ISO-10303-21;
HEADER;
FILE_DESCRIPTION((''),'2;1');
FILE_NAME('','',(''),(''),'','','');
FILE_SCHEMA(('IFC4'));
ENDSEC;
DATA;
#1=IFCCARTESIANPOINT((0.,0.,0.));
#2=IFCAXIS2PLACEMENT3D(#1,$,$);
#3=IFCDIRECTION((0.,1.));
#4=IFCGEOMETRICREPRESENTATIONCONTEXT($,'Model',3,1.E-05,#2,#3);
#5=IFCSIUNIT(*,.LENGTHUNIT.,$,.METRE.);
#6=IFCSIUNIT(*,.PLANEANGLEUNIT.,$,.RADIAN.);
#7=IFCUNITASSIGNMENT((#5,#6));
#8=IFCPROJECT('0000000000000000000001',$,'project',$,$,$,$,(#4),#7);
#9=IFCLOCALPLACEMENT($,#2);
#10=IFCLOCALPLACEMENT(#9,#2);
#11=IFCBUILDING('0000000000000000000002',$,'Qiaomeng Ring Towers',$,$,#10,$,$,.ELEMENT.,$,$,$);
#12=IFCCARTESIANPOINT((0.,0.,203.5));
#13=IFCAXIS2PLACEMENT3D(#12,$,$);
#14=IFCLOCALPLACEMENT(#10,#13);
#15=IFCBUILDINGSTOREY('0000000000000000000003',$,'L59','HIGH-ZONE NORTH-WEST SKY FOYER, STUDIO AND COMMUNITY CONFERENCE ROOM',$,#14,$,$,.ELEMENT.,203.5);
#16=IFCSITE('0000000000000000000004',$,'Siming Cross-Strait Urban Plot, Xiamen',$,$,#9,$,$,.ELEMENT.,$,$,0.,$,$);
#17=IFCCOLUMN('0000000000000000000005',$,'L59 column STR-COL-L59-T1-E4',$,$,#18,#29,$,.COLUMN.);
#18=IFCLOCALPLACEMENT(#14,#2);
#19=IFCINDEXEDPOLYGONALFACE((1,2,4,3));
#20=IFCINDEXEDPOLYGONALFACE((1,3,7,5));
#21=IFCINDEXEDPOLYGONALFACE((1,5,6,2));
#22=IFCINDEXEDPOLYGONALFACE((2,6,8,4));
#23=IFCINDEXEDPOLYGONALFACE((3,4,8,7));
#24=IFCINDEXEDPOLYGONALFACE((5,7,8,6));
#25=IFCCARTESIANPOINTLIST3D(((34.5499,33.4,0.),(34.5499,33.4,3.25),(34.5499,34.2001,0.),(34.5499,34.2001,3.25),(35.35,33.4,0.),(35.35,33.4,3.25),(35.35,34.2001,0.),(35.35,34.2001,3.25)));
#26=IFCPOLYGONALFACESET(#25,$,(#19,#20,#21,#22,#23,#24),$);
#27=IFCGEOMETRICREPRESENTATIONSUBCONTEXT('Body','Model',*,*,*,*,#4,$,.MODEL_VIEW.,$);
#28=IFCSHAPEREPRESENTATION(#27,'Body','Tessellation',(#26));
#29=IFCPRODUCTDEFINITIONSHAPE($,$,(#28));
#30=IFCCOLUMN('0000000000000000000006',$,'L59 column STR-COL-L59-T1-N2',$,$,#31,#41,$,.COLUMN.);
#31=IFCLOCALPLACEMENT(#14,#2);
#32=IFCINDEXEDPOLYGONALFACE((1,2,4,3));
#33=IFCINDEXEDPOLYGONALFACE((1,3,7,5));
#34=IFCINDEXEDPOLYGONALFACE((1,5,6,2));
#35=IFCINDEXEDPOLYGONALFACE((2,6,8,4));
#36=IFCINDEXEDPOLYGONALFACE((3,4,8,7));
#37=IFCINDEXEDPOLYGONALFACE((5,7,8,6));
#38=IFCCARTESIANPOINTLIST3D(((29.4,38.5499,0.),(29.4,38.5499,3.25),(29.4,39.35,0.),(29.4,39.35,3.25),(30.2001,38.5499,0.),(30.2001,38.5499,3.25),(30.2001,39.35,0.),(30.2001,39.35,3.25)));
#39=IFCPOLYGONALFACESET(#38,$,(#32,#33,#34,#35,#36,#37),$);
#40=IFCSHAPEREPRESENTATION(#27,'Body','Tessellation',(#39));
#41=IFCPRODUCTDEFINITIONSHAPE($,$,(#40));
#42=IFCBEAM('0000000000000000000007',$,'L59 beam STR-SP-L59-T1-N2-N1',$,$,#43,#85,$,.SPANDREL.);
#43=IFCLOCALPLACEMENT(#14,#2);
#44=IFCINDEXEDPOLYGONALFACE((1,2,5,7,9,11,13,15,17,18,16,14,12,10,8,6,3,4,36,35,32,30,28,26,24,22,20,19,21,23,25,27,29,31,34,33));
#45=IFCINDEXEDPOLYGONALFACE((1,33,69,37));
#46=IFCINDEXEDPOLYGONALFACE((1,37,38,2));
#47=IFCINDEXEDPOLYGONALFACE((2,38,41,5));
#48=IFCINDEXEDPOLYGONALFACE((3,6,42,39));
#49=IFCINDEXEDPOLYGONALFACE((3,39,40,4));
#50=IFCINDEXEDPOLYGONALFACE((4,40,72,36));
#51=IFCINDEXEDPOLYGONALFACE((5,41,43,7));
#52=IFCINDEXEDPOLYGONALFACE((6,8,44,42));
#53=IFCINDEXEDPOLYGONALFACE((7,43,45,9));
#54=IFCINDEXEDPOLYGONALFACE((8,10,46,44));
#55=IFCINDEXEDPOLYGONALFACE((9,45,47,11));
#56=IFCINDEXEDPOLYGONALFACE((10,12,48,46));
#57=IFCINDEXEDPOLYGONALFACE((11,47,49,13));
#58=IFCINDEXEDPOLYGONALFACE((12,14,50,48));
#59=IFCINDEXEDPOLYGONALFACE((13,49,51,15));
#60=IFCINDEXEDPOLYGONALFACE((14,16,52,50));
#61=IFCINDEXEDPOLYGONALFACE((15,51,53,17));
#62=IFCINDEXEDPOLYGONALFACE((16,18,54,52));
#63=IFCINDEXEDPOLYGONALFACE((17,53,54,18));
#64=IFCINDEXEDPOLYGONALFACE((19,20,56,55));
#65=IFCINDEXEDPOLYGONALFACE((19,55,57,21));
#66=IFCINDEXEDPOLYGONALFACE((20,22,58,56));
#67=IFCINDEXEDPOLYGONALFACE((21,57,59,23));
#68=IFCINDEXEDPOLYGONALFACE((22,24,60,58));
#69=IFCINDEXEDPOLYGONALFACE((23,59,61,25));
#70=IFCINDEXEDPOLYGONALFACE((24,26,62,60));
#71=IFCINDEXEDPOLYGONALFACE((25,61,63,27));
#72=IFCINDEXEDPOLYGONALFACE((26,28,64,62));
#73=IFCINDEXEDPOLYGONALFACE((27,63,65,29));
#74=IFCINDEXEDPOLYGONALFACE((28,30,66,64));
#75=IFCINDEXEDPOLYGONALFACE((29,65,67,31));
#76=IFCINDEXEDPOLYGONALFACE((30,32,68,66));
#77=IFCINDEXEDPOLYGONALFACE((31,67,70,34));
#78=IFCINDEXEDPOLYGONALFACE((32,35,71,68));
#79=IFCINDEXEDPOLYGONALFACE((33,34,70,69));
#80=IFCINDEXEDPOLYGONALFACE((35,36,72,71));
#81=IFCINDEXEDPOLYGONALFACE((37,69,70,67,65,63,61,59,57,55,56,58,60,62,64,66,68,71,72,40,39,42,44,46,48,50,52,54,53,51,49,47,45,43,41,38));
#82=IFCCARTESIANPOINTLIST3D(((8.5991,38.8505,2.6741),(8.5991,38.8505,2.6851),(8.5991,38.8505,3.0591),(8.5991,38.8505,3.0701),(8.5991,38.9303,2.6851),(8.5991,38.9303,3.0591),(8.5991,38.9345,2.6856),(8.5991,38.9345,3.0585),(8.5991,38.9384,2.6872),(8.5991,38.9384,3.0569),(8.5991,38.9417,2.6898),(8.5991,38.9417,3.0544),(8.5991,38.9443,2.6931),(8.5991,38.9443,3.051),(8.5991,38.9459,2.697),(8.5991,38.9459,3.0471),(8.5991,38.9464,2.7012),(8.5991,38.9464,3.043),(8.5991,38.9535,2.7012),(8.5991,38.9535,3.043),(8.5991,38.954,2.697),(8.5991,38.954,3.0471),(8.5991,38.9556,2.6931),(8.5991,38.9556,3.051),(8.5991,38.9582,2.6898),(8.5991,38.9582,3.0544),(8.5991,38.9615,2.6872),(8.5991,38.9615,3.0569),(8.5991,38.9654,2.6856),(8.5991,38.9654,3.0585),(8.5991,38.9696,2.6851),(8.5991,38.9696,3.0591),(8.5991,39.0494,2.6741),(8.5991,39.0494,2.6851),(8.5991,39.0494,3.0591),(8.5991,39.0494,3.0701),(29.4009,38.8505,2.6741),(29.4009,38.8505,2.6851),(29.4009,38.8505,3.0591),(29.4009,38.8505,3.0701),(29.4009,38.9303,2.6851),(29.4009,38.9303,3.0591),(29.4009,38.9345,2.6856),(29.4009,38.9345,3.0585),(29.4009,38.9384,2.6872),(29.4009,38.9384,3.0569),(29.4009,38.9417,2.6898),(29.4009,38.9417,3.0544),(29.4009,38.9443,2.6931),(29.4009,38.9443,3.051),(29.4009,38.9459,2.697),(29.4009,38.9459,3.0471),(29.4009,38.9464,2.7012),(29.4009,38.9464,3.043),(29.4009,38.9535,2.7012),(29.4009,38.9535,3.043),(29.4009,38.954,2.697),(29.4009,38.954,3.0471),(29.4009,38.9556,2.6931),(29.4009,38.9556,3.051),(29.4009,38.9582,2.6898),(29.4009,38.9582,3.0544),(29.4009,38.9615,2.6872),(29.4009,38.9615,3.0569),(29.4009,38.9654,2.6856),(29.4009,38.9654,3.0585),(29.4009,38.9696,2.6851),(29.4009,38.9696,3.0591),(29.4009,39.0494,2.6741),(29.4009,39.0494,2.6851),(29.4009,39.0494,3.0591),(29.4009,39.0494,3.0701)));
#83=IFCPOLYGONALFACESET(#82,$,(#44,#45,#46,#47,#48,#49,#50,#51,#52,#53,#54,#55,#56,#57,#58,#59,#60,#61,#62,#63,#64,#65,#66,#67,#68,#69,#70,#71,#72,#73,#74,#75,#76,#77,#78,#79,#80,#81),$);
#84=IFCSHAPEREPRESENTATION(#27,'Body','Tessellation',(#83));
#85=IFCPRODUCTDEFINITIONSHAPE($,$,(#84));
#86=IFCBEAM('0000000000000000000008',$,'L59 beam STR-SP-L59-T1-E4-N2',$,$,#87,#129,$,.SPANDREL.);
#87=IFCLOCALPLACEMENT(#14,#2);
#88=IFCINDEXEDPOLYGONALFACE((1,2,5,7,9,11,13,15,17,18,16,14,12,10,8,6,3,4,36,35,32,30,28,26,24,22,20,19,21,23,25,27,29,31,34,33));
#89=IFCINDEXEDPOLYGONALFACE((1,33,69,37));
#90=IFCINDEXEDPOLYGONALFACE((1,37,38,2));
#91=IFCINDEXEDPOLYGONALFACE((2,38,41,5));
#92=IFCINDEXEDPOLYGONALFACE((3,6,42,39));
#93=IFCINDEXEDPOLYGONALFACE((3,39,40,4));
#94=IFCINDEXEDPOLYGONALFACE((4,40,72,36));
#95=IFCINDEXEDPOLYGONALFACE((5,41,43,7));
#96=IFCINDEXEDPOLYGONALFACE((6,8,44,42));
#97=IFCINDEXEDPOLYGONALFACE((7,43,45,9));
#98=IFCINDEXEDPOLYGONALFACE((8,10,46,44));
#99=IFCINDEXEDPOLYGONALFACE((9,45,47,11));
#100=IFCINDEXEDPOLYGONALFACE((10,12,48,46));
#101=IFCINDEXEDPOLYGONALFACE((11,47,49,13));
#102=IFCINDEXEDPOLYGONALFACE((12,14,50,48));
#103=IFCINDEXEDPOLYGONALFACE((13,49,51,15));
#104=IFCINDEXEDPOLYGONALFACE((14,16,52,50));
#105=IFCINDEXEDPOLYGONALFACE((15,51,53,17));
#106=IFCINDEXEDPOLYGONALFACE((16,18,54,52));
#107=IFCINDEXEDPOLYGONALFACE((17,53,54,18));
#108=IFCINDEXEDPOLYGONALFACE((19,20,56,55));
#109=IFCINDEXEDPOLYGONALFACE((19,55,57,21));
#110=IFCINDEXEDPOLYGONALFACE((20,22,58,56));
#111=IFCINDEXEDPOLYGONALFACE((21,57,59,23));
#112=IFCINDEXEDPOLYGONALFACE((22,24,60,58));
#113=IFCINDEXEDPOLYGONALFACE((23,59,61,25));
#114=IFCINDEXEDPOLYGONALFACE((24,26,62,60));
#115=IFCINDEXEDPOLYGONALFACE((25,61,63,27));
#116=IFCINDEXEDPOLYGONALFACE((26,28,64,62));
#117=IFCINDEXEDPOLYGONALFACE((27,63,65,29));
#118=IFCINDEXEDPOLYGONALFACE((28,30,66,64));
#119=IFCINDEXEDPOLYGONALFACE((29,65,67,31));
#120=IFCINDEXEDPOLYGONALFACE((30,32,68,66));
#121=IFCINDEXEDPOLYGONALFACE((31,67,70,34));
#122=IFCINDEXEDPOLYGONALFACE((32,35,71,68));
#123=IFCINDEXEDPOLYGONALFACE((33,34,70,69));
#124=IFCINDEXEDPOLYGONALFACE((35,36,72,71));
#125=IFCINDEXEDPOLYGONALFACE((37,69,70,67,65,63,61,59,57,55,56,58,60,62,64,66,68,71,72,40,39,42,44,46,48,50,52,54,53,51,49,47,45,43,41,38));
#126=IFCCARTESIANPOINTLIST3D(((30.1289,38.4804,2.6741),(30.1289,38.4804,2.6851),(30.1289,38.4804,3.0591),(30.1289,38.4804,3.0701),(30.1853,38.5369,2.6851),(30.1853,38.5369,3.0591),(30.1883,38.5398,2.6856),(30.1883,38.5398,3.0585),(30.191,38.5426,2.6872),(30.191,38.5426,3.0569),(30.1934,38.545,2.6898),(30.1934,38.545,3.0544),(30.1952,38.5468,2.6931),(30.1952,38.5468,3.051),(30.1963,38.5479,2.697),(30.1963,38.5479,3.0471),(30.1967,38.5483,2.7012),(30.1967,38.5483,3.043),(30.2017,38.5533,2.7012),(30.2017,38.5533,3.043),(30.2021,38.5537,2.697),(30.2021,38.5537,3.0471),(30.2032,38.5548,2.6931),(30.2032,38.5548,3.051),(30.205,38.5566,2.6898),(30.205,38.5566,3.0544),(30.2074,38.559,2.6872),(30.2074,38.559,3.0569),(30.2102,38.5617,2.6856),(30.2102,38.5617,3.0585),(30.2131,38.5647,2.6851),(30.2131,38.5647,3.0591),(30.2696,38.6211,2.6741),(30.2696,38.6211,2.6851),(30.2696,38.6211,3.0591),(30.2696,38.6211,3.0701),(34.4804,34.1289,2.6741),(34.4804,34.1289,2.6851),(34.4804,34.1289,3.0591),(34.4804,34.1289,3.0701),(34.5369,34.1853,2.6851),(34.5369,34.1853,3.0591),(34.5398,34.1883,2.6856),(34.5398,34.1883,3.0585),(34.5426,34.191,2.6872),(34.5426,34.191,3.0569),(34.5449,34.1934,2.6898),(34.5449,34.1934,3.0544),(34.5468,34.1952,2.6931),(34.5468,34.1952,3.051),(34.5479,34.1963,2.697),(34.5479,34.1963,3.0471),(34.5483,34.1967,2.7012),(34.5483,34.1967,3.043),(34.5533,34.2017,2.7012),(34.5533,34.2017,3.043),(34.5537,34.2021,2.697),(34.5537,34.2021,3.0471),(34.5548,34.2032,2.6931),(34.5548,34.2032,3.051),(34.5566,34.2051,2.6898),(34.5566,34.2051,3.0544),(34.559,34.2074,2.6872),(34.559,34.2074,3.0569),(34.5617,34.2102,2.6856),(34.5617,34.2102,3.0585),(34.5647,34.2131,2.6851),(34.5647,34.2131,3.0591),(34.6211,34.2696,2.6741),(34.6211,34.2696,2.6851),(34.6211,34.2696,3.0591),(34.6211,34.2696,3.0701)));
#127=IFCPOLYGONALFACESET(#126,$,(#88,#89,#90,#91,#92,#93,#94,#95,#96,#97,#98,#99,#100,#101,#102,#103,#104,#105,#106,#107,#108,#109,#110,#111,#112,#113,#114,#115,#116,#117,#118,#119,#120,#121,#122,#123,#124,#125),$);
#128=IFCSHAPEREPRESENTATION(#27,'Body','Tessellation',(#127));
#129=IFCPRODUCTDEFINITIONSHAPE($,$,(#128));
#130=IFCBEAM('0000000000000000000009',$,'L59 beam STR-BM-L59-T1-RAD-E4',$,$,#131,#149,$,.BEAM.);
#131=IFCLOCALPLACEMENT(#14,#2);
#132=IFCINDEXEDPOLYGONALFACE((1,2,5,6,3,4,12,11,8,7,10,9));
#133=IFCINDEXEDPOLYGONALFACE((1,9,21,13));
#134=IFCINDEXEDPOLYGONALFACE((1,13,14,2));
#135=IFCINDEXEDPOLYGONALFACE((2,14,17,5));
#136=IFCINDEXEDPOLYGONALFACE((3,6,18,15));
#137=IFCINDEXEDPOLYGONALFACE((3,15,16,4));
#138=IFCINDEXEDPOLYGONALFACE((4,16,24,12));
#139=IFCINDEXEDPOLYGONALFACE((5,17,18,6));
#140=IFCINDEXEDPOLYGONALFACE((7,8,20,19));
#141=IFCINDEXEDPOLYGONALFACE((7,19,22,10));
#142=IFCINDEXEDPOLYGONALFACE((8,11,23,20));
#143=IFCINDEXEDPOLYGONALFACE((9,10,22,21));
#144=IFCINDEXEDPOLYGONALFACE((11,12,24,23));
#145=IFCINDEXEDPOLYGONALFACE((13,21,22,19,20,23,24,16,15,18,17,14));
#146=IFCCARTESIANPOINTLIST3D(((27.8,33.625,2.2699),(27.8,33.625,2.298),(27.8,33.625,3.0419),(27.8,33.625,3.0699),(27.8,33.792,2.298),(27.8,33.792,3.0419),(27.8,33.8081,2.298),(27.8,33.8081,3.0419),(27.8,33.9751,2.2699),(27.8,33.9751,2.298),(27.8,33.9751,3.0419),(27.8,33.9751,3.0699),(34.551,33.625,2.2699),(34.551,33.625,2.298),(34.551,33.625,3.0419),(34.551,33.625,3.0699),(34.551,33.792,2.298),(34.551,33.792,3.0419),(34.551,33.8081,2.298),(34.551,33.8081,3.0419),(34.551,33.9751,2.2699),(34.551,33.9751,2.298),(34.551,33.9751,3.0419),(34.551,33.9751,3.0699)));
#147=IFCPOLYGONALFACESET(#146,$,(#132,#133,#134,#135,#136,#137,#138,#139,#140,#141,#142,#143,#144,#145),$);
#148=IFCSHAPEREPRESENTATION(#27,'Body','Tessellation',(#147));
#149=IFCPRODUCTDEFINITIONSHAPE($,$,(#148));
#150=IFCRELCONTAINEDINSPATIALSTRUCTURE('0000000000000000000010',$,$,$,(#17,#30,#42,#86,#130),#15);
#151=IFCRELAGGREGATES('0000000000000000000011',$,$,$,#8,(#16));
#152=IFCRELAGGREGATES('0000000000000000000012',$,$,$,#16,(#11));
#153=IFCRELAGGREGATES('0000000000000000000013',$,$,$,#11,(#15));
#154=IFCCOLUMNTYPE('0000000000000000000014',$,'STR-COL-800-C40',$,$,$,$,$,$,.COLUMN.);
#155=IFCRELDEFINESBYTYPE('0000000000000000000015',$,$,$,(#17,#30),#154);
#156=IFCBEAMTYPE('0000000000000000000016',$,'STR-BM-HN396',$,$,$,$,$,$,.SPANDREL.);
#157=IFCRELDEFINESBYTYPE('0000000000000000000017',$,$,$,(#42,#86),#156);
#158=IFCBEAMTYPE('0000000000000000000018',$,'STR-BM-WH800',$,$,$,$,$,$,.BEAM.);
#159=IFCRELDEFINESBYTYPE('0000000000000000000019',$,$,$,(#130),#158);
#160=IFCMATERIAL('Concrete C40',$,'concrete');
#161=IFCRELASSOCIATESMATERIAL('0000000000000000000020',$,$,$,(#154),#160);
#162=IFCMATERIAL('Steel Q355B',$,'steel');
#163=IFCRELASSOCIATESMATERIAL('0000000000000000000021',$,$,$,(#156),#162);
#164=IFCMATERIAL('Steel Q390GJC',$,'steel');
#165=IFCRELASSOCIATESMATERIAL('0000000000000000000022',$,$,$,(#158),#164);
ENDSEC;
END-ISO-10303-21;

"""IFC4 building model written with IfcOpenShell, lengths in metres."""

from ifc_helpers import new_model, si_unit, direction, frame, origin, origin_2d, place, context, subcontext, project, spatial, rectangle, i_section, extrude, source, transform, mapped, material, material_profile, profile_set, type_object, element, save


model = new_model("IFC4")

# Units and contexts
model_context = context("Model", 3, precision=1e-05, world=origin(), true_north=direction((0.0, 1.0)))
body_context = subcontext(model_context, "Body", "Model", "MODEL_VIEW")
ifc_project = project(units=[si_unit("LENGTHUNIT", "METRE"), si_unit("PLANEANGLEUNIT", "RADIAN")], contexts=[model_context])

# Site, building, storey
site_placement = place(None, origin())
site = spatial("IfcSite", under=ifc_project, at=site_placement, Name="Siming Cross-Strait Urban Plot, Xiamen", CompositionType="ELEMENT", RefElevation=0.0)
building_placement = place(site_placement, origin())
building = spatial("IfcBuilding", under=site, at=building_placement, Name="Qiaomeng Ring Towers", CompositionType="ELEMENT")
storey_placement = place(building_placement, frame((0.0, 0.0, 203.5)))
storey = spatial("IfcBuildingStorey", under=building, at=storey_placement, Name="L59", Description="HIGH-ZONE NORTH-WEST SKY FOYER, STUDIO AND COMMUNITY CONFERENCE ROOM", CompositionType="ELEMENT", Elevation=203.5)

# Columns
ifc_material_1 = material(Name="Concrete C40", Category="concrete")
ifc_material_profile_1 = material_profile(ifc_material_1, rectangle(XDim=0.8, YDim=0.8, at=origin_2d()), Name="RC COL 800x800")
ifc_profile_set_1 = profile_set([ifc_material_profile_1], Name="Concrete C40")
column_type = type_object("IfcColumnType", Name="STR-COL-800-C40", PredefinedType="COLUMN", material=ifc_profile_set_1)
shared_shape_1 = source(origin(), body_context, "Body", "SweptSolid", [
    extrude(rectangle(XDim=0.8, YDim=0.8, at=origin_2d()), origin(), (0.0, 0.0, 1.0), 3.25),
])
for number, where, z_axis, x_axis, name in (
    (1, (34.95, 33.8, 0.0), (0.0, 0.0, 1.0), (1.0, 0.0, 0.0), "L59 column STR-COL-L59-T1-E4"),
    (2, (29.8, 38.95, 0.0), (0.0, 0.0, 1.0), (1.0, 0.0, 0.0), "L59 column STR-COL-L59-T1-N2"),
):
    element("IfcColumn", number, at=place(storey_placement, frame(where, z_axis=z_axis, x_axis=x_axis)), inside=storey, type_object=column_type, Name=name, PredefinedType="COLUMN", context=body_context, shape_type="MappedRepresentation", body=[
        mapped(shared_shape_1, transform((0.0, 0.0, 0.0), x_axis=(1.0, 0.0, 0.0), y_axis=(0.0, 1.0, 0.0), z_axis=(0.0, 0.0, 1.0), scale=1.0)),
    ])

# Beams
ifc_material_2 = material(Name="Steel Q355B", Category="steel")
ifc_material_profile_2 = material_profile(ifc_material_2, i_section(OverallWidth=0.199, OverallDepth=0.396, WebThickness=0.0071, FlangeThickness=0.011, FilletRadius=0.0161, at=origin_2d()), Name="HN 396x199x7x11")
ifc_profile_set_2 = profile_set([ifc_material_profile_2], Name="Steel Q355B")
beam_type_1 = type_object("IfcBeamType", Name="STR-BM-HN396", PredefinedType="SPANDREL", material=ifc_profile_set_2)
shared_shape_2 = source(origin(), body_context, "Body", "SweptSolid", [
    extrude(i_section(OverallWidth=0.199, OverallDepth=0.396, WebThickness=0.0071, FlangeThickness=0.011, FilletRadius=0.0161, at=origin_2d()), origin(), (0.0, 0.0, 1.0), 20.8018),
])
beam_1_placement = place(storey_placement, frame((29.4009, 38.95, 2.8721), z_axis=(-1.0, 0.0, 0.0), x_axis=(0.0, -1.0, 0.0)))
element("IfcBeam", 3, at=beam_1_placement, inside=storey, type_object=beam_type_1, Name="L59 beam STR-SP-L59-T1-N2-N1", PredefinedType="SPANDREL", context=body_context, shape_type="MappedRepresentation", body=[
    mapped(shared_shape_2, transform((0.0, 0.0, 0.0), x_axis=(1.0, 0.0, 0.0), y_axis=(0.0, 1.0, 0.0), z_axis=(0.0, 0.0, 1.0), scale=1.0)),
])
shared_shape_3 = source(origin(), body_context, "Body", "SweptSolid", [
    extrude(i_section(OverallWidth=0.199, OverallDepth=0.396, WebThickness=0.0071, FlangeThickness=0.011, FilletRadius=0.0161, at=origin_2d()), origin(), (0.0, 0.0, 1.0), 6.1541),
])
beam_2_placement = place(storey_placement, frame((34.5508, 34.1992, 2.8721), z_axis=(-0.707107, 0.707107, 0.0), x_axis=(-0.707107, -0.707107, 0.0)))
element("IfcBeam", 4, at=beam_2_placement, inside=storey, type_object=beam_type_1, Name="L59 beam STR-SP-L59-T1-E4-N2", PredefinedType="SPANDREL", context=body_context, shape_type="MappedRepresentation", body=[
    mapped(shared_shape_3, transform((0.0, 0.0, 0.0), x_axis=(1.0, 0.0, 0.0), y_axis=(0.0, 1.0, 0.0), z_axis=(0.0, 0.0, 1.0), scale=1.0)),
])
ifc_material_3 = material(Name="Steel Q390GJC", Category="steel")
ifc_material_profile_3 = material_profile(ifc_material_3, i_section(OverallWidth=0.3501, OverallDepth=0.8, WebThickness=0.0161, FlangeThickness=0.0281, at=origin_2d()), Name="WH 800x350x16x28")
ifc_profile_set_3 = profile_set([ifc_material_profile_3], Name="Steel Q390GJC")
beam_type_2 = type_object("IfcBeamType", Name="STR-BM-WH800", PredefinedType="BEAM", material=ifc_profile_set_3)
shared_shape_4 = source(origin(), body_context, "Body", "SweptSolid", [
    extrude(i_section(OverallWidth=0.3501, OverallDepth=0.8, WebThickness=0.0161, FlangeThickness=0.0281, at=origin_2d()), origin(), (0.0, 0.0, 1.0), 6.751),
])
beam_3_placement = place(storey_placement, frame((27.8, 33.8, 2.6699), z_axis=(1.0, 0.0, 0.0), x_axis=(0.0, 1.0, 0.0)))
element("IfcBeam", 5, at=beam_3_placement, inside=storey, type_object=beam_type_2, Name="L59 beam STR-BM-L59-T1-RAD-E4", PredefinedType="BEAM", context=body_context, shape_type="MappedRepresentation", body=[
    mapped(shared_shape_4, transform((0.0, 0.0, 0.0), x_axis=(1.0, 0.0, 0.0), y_axis=(0.0, 1.0, 0.0), z_axis=(0.0, 0.0, 1.0), scale=1.0)),
])

save(model, "model.ifc")
